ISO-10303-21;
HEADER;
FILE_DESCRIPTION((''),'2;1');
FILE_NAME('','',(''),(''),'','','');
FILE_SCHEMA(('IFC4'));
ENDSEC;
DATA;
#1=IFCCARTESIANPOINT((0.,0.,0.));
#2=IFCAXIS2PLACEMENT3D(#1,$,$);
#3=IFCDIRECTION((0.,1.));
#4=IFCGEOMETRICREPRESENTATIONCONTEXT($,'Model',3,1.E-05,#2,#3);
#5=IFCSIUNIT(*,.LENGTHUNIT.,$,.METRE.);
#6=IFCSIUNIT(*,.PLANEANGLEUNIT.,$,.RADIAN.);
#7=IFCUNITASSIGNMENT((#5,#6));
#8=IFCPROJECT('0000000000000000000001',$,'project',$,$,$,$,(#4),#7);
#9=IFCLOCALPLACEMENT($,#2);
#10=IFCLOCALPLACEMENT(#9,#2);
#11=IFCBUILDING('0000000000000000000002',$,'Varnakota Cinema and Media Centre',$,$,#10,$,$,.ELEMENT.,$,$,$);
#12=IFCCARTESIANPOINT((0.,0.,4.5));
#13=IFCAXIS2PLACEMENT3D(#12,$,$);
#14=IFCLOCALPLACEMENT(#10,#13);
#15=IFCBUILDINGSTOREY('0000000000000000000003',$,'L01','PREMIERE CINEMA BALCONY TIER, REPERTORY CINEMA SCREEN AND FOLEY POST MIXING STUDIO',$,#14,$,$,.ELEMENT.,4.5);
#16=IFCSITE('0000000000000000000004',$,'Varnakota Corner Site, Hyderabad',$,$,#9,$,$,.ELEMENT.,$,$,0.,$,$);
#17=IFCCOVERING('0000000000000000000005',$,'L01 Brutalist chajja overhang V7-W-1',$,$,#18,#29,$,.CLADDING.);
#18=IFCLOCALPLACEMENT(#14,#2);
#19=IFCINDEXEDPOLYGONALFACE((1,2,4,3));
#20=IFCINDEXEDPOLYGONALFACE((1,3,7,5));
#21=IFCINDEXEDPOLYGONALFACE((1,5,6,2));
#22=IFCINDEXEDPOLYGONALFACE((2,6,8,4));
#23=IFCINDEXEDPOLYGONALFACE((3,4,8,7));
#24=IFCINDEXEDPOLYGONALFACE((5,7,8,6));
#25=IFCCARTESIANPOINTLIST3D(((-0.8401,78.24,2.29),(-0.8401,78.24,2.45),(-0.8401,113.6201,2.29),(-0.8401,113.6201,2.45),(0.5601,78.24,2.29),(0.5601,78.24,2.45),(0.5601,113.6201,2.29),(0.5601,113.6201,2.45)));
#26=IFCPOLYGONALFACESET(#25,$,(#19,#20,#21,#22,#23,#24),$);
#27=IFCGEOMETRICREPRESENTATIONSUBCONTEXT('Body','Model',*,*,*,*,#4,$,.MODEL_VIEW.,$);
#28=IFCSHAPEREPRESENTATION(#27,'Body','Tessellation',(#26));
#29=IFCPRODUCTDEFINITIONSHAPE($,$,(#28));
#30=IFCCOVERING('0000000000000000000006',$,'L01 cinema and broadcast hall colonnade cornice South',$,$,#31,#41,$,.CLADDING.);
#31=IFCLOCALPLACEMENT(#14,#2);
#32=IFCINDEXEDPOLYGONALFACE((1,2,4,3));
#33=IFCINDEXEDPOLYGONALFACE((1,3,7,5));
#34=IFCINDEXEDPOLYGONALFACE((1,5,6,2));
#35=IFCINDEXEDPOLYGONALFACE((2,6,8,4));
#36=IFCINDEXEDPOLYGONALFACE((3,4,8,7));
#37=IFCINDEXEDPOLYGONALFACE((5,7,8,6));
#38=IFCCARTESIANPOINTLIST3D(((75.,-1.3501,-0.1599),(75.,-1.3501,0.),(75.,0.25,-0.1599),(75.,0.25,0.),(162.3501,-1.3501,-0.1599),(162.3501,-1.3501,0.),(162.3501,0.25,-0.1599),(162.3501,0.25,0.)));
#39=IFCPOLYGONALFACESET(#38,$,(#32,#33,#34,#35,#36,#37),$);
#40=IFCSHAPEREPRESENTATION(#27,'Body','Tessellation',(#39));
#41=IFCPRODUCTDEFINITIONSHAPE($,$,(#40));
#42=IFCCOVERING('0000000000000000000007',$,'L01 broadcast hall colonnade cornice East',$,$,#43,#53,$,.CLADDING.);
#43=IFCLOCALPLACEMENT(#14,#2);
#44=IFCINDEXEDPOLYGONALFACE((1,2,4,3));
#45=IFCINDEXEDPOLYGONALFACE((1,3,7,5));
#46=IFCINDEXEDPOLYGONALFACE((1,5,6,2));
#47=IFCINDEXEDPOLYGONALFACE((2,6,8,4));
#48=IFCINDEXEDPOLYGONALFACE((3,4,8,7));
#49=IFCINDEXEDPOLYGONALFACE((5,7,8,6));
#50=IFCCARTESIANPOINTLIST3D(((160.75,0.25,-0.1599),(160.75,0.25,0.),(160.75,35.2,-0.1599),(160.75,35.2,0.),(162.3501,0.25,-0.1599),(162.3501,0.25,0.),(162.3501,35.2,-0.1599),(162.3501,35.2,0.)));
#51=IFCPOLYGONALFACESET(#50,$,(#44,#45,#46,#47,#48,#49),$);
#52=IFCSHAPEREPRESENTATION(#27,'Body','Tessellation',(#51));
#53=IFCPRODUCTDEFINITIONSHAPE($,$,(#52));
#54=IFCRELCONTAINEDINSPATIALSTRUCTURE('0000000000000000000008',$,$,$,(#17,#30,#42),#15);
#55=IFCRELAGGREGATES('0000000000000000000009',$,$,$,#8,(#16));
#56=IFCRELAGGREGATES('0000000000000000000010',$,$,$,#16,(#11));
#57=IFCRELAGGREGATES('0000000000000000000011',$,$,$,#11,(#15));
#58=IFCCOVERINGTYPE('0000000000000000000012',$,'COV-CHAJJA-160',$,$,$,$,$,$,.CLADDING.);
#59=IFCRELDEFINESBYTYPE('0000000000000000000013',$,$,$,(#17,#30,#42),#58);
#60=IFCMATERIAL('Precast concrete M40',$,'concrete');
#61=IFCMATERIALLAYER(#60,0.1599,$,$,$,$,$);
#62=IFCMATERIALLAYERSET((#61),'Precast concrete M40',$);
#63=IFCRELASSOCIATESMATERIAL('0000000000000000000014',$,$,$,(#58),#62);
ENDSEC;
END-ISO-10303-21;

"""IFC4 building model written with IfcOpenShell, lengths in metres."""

from ifc_helpers import new_model, si_unit, direction, frame, origin, place, context, subcontext, project, spatial, polyline, outline, extrude, material, layer, layer_set, type_object, element, save


model = new_model("IFC4")

# Units and contexts
model_context = context("Model", 3, precision=1e-05, world=origin(), true_north=direction((0.0, 1.0)))
body_context = subcontext(model_context, "Body", "Model", "MODEL_VIEW")
ifc_project = project(units=[si_unit("LENGTHUNIT", "METRE"), si_unit("PLANEANGLEUNIT", "RADIAN")], contexts=[model_context])

# Site, building, storey
site_placement = place(None, origin())
site = spatial("IfcSite", under=ifc_project, at=site_placement, Name="Varnakota Corner Site, Hyderabad", CompositionType="ELEMENT", RefElevation=0.0)
building_placement = place(site_placement, origin())
building = spatial("IfcBuilding", under=site, at=building_placement, Name="Varnakota Cinema and Media Centre", CompositionType="ELEMENT")
storey_placement = place(building_placement, frame((0.0, 0.0, 4.5)))
storey = spatial("IfcBuildingStorey", under=building, at=storey_placement, Name="L01", Description="PREMIERE CINEMA BALCONY TIER, REPERTORY CINEMA SCREEN AND FOLEY POST MIXING STUDIO", CompositionType="ELEMENT", Elevation=4.5)

# Coverings
ifc_material_1 = material(Name="Precast concrete M40", Category="concrete")
ifc_layer_1 = layer(ifc_material_1, 0.1599)
ifc_layer_set_1 = layer_set([ifc_layer_1], Name="Precast concrete M40")
covering_type = type_object("IfcCoveringType", Name="COV-CHAJJA-160", PredefinedType="CLADDING", material=ifc_layer_set_1)
covering_1_placement = place(storey_placement, frame((0.0, 0.0, 2.29)))
element("IfcCovering", 1, at=covering_1_placement, inside=storey, type_object=covering_type, Name="L01 Brutalist chajja overhang V7-W-1", PredefinedType="CLADDING", context=body_context, shape_type="SweptSolid", body=[
    extrude(outline(polyline([(-0.8401, 113.6201), (-0.8401, 78.24), (0.5601, 78.24), (0.5601, 113.6201), (-0.8401, 113.6201)])), origin(), (0.0, 0.0, 1.0), 0.1599),
])
covering_2_placement = place(storey_placement, frame((0.0, 0.0, -0.1599)))
element("IfcCovering", 2, at=covering_2_placement, inside=storey, type_object=covering_type, Name="L01 cinema and broadcast hall colonnade cornice South", PredefinedType="CLADDING", context=body_context, shape_type="SweptSolid", body=[
    extrude(outline(polyline([(75.0, -1.3501), (162.3501, -1.3501), (162.3501, 0.25), (75.0, 0.25), (75.0, -1.3501)])), origin(), (0.0, 0.0, 1.0), 0.1599),
])
covering_3_placement = place(storey_placement, frame((0.0, 0.0, -0.1599)))
element("IfcCovering", 3, at=covering_3_placement, inside=storey, type_object=covering_type, Name="L01 broadcast hall colonnade cornice East", PredefinedType="CLADDING", context=body_context, shape_type="SweptSolid", body=[
    extrude(outline(polyline([(160.75, 0.25), (162.3501, 0.25), (162.3501, 35.2), (160.75, 35.2), (160.75, 0.25)])), origin(), (0.0, 0.0, 1.0), 0.1599),
])

save(model, "model.ifc")
